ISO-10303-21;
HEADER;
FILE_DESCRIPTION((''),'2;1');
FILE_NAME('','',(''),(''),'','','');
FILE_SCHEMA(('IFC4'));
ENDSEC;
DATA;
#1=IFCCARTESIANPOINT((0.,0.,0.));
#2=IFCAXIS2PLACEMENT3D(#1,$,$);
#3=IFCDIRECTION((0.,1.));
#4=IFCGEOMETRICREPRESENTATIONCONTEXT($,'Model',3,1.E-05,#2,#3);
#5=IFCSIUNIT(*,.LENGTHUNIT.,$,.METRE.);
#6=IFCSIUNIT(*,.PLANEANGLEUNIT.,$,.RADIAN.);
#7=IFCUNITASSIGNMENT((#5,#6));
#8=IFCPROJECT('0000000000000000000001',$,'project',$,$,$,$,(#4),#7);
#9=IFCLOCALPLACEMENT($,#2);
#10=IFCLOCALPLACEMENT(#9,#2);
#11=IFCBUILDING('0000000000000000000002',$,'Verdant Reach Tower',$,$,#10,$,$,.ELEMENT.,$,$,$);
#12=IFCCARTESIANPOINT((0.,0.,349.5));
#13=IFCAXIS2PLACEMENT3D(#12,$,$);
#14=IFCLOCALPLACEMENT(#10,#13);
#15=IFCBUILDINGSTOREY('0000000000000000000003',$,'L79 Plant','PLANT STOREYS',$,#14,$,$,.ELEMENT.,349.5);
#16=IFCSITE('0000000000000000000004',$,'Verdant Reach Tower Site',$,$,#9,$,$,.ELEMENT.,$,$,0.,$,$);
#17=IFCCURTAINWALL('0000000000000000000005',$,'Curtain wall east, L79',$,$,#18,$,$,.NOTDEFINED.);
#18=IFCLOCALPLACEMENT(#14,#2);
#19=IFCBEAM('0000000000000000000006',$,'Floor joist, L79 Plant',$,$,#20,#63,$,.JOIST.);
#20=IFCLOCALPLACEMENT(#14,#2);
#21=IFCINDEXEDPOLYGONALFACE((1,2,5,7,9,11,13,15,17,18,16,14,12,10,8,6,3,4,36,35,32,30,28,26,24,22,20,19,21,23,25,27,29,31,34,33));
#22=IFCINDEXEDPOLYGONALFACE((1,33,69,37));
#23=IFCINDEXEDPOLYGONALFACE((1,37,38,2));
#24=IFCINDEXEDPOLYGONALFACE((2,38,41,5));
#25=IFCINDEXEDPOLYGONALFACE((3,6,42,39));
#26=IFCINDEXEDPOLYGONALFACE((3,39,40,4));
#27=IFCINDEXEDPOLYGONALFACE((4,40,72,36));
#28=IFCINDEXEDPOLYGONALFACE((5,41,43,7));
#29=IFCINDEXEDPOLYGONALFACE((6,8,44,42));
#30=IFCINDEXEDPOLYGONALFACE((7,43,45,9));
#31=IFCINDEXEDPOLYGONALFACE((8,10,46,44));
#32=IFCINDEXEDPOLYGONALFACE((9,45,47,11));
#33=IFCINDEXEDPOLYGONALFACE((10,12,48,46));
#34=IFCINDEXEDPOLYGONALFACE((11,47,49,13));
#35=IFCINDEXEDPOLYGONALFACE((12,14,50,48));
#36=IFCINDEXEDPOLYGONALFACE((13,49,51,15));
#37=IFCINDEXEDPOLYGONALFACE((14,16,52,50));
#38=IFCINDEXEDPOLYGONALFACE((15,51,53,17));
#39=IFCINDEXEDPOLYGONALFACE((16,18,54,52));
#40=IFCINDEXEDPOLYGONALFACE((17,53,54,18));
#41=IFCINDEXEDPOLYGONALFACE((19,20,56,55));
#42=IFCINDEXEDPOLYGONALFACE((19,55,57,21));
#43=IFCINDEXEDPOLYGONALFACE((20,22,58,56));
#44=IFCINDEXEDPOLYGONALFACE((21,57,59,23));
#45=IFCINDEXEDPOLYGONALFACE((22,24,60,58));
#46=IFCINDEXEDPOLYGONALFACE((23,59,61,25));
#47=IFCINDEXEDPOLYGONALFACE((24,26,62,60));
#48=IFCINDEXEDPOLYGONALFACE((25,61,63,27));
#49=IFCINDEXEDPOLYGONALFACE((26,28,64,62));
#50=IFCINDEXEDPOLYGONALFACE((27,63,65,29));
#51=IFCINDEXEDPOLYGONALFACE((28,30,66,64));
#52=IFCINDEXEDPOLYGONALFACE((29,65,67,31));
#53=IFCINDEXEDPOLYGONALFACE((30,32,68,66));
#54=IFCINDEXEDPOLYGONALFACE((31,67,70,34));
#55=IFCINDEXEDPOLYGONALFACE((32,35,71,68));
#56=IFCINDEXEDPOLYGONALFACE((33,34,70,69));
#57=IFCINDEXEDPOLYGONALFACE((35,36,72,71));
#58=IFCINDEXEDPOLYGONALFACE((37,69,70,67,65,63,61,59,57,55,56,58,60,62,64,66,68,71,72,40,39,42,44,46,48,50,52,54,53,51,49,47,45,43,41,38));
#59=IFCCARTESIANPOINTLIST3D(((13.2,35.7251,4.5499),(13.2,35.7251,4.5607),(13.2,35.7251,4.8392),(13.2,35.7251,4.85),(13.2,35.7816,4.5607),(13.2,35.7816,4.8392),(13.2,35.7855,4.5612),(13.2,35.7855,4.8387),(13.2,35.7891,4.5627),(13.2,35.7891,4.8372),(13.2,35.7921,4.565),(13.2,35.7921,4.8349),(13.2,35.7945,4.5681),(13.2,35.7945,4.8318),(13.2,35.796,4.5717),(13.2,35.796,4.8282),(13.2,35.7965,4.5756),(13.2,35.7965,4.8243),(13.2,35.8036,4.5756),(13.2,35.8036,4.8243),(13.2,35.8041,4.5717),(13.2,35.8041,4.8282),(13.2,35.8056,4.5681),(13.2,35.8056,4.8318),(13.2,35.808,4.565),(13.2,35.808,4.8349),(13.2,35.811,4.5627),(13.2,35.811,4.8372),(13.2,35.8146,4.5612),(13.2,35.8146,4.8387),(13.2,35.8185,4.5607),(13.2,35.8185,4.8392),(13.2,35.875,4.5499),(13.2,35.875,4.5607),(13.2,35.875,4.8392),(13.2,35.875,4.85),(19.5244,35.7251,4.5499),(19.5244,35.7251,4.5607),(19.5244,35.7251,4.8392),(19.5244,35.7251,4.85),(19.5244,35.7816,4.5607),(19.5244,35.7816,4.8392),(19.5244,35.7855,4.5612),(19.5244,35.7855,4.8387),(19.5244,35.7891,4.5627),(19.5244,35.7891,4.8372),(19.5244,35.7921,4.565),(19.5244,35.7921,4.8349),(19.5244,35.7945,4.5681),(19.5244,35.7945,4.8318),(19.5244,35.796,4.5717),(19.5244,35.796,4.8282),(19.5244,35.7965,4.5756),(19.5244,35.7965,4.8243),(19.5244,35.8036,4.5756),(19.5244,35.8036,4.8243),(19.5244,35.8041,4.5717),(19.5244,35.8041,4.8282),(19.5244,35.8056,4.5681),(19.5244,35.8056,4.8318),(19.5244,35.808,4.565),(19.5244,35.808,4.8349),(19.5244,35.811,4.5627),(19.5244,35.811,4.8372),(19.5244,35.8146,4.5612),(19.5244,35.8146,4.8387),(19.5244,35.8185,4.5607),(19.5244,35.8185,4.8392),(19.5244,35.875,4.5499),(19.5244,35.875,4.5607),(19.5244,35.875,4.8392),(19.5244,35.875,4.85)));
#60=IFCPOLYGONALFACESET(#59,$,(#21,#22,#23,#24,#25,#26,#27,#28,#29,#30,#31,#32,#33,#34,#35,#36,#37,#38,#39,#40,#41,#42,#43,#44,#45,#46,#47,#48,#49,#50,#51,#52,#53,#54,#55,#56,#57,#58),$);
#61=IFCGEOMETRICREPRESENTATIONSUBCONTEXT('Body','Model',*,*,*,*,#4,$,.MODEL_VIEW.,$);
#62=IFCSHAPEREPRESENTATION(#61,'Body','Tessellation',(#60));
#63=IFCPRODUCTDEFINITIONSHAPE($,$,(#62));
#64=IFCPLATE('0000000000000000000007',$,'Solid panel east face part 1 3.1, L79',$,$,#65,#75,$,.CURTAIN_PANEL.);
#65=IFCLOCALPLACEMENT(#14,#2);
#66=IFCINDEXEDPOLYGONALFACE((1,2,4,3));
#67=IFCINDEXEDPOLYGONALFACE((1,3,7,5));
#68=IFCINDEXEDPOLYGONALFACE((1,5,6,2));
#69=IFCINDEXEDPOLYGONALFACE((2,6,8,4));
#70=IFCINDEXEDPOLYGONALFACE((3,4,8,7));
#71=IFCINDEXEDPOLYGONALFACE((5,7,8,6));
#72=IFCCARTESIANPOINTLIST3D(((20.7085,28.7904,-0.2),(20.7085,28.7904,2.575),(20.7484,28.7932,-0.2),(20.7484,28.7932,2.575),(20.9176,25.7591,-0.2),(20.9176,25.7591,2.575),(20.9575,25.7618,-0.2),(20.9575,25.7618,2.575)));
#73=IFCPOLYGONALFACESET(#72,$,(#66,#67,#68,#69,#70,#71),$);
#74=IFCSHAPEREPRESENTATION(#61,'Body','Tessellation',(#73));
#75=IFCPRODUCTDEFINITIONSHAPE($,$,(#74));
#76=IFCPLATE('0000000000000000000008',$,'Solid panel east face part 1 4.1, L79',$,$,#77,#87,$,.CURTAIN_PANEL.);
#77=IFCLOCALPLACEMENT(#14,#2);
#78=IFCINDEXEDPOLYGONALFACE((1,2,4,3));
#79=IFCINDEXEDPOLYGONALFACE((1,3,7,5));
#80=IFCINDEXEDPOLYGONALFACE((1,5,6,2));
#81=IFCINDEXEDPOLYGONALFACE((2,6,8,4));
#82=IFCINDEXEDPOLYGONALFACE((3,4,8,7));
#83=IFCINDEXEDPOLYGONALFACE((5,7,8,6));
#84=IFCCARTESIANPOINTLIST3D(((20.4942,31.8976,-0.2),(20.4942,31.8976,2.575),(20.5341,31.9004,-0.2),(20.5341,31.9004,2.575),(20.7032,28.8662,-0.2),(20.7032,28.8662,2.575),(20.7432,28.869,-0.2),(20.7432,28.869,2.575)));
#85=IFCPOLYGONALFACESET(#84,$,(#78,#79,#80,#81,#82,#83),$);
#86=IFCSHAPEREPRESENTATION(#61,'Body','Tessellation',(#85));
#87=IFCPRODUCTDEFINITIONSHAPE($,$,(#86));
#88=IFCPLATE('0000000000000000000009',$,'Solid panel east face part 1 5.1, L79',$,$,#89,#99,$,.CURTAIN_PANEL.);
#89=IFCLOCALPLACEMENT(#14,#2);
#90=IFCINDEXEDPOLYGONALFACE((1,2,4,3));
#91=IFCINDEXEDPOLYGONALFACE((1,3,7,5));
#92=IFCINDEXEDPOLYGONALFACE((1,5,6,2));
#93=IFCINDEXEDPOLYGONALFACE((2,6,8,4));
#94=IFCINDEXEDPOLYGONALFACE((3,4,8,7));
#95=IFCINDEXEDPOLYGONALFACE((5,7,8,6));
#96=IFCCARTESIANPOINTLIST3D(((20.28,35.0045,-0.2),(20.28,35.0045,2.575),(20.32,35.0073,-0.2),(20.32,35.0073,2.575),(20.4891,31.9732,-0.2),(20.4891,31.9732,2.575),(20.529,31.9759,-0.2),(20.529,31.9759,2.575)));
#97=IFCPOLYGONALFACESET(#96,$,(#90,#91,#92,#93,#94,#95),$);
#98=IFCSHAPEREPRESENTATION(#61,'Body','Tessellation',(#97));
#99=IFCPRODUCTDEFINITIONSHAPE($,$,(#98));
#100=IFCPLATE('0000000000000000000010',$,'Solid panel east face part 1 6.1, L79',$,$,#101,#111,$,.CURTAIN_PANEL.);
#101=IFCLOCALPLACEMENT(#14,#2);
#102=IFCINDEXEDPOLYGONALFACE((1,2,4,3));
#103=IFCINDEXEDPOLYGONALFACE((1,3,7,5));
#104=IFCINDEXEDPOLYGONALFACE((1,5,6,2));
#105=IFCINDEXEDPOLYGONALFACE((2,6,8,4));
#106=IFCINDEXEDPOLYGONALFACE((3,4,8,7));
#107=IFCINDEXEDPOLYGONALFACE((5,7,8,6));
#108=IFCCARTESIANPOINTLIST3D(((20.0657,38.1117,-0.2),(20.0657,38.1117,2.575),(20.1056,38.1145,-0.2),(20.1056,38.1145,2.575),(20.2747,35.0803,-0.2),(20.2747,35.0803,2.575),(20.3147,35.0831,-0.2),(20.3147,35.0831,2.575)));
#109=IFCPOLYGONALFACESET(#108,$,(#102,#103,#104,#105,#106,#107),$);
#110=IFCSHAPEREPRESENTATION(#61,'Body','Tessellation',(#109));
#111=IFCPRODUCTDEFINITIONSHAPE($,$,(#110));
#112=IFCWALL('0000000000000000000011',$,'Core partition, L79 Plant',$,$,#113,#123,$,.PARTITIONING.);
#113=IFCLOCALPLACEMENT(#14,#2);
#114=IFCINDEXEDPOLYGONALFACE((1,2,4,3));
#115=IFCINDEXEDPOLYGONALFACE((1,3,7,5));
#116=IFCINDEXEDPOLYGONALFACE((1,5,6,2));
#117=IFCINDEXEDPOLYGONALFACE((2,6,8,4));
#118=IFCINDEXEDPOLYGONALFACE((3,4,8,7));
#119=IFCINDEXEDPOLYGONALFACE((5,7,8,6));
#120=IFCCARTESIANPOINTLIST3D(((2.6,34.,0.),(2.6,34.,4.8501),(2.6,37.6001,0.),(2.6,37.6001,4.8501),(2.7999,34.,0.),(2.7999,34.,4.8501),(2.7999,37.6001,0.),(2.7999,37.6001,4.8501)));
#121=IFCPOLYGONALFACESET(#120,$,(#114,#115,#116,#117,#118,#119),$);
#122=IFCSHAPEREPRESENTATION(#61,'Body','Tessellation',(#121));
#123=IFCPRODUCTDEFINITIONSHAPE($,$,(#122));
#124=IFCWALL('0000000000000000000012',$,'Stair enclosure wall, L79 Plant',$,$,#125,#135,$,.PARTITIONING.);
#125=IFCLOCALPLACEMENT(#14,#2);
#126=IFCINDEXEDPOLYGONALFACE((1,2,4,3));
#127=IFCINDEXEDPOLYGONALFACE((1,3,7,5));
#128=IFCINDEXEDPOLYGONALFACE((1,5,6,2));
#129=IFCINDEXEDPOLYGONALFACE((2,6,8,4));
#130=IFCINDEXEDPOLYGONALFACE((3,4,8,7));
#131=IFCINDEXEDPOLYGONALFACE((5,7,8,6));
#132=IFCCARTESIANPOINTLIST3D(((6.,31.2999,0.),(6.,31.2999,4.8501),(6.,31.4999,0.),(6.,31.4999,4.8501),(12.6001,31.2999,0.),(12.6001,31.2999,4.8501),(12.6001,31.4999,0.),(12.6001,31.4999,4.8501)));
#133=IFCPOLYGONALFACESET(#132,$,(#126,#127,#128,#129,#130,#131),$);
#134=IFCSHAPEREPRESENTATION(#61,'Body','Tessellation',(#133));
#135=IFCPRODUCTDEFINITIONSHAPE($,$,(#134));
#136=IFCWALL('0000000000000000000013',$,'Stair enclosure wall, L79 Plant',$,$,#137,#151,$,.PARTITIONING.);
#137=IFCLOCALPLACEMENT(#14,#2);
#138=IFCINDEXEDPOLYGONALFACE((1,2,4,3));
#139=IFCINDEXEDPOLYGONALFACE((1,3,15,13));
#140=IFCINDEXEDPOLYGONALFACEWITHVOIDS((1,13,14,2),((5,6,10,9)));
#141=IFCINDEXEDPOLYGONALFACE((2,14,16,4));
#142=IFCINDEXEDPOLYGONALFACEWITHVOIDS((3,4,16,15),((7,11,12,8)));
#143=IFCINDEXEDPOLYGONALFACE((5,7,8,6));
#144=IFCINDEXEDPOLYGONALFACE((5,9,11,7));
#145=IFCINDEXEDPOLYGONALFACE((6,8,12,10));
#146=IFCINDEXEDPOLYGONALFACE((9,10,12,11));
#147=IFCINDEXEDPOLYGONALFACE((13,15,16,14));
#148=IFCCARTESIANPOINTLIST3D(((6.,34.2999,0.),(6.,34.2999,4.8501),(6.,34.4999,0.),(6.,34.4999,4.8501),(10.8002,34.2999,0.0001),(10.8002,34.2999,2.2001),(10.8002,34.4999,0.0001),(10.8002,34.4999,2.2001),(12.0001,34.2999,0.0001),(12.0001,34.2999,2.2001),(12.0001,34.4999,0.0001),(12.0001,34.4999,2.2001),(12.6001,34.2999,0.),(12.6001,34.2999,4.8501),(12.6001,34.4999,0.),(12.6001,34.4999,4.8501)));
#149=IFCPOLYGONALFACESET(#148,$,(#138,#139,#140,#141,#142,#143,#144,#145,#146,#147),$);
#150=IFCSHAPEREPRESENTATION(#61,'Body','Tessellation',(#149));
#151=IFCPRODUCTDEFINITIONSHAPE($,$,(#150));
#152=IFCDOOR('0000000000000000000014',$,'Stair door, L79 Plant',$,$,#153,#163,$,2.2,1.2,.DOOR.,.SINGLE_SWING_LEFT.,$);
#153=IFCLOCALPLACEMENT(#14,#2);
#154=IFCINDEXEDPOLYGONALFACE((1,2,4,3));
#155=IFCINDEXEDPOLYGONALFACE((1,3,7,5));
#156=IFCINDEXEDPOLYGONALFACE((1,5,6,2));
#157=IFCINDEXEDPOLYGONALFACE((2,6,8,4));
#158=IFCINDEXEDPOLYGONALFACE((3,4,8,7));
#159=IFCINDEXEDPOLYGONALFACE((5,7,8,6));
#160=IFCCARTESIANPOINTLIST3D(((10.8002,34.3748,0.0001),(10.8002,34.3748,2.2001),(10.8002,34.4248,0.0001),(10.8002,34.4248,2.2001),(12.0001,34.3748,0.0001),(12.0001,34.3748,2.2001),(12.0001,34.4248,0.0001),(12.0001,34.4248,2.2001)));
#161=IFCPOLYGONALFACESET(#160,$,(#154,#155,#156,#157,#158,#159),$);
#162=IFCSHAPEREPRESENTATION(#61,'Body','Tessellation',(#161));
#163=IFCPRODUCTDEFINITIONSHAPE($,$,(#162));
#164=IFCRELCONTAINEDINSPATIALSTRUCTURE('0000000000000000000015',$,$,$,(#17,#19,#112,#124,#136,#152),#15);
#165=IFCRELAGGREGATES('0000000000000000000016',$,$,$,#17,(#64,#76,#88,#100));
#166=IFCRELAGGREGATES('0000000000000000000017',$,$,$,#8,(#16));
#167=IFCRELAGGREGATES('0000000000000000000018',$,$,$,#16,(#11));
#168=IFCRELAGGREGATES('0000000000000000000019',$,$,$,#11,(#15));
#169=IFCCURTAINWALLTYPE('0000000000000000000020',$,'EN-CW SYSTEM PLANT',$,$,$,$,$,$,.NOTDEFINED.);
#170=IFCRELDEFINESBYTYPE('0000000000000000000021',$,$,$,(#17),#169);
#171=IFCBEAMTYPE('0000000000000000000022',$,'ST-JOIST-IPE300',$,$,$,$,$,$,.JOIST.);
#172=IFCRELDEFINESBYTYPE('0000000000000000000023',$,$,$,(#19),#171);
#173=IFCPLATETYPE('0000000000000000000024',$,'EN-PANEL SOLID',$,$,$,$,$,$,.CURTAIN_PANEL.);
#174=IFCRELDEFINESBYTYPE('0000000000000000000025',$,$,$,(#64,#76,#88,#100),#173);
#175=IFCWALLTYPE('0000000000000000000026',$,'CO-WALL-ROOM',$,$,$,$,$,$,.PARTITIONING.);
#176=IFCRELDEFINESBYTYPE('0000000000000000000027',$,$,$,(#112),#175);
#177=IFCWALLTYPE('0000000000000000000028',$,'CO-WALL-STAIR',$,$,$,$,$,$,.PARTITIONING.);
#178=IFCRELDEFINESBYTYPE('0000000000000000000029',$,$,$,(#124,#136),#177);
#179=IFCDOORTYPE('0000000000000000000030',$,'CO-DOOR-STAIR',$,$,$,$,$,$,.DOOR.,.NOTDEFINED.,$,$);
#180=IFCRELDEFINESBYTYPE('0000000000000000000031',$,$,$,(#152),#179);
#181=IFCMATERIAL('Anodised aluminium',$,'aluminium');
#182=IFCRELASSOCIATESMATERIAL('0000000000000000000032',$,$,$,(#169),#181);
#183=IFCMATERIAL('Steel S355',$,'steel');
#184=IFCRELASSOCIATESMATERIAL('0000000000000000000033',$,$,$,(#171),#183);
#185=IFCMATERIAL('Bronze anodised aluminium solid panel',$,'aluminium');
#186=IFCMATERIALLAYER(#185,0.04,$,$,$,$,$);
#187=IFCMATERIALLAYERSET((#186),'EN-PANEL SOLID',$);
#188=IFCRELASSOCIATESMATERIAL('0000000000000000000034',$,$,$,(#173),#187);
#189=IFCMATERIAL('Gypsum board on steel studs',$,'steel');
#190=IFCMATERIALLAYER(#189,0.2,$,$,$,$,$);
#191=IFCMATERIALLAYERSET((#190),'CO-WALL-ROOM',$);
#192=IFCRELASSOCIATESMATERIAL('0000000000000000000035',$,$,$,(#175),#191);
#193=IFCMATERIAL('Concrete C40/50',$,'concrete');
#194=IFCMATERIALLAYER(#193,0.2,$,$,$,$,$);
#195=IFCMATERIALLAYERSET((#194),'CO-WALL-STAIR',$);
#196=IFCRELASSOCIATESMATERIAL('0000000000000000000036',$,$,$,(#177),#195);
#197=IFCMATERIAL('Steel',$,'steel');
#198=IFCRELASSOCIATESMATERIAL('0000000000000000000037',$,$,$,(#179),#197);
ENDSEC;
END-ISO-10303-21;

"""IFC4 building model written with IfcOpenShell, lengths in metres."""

from ifc_helpers import new_model, si_unit, direction, frame, frame_2d, origin, origin_2d, place, context, subcontext, project, spatial, rectangle, i_section, extrude, material, layer, layer_set, material_profile, profile_set, type_object, element, fill, aggregate, save


model = new_model("IFC4")

# Units and contexts
model_context = context("Model", 3, precision=1e-05, world=origin(), true_north=direction((0.0, 1.0)))
body_context = subcontext(model_context, "Body", "Model", "MODEL_VIEW")
ifc_project = project(units=[si_unit("LENGTHUNIT", "METRE"), si_unit("PLANEANGLEUNIT", "RADIAN")], contexts=[model_context])

# Site, building, storey
site_placement = place(None, origin())
site = spatial("IfcSite", under=ifc_project, at=site_placement, Name="Verdant Reach Tower Site", CompositionType="ELEMENT", RefElevation=0.0)
building_placement = place(site_placement, origin())
building = spatial("IfcBuilding", under=site, at=building_placement, Name="Verdant Reach Tower", CompositionType="ELEMENT")
storey_placement = place(building_placement, frame((0.0, 0.0, 349.5)))
storey = spatial("IfcBuildingStorey", under=building, at=storey_placement, Name="L79 Plant", Description="PLANT STOREYS", CompositionType="ELEMENT", Elevation=349.5)

# Curtain wall
ifc_material_1 = material(Name="Anodised aluminium", Category="aluminium")
curtain_wall_type = type_object("IfcCurtainWallType", Name="EN-CW SYSTEM PLANT", PredefinedType="NOTDEFINED", material=ifc_material_1)
curtain_wall_placement = place(storey_placement, origin())
curtain_wall = element("IfcCurtainWall", 1, at=curtain_wall_placement, inside=storey, type_object=curtain_wall_type, Name="Curtain wall east, L79", PredefinedType="NOTDEFINED")

# Beam
ifc_material_2 = material(Name="Steel S355", Category="steel")
ifc_material_profile_1 = material_profile(ifc_material_2, i_section(OverallWidth=0.1499, OverallDepth=0.3, WebThickness=0.0071, FlangeThickness=0.0107, FilletRadius=0.0149, at=origin_2d()), Name="IPE 300")
ifc_profile_set_1 = profile_set([ifc_material_profile_1], Name="Steel S355")
beam_type = type_object("IfcBeamType", Name="ST-JOIST-IPE300", PredefinedType="JOIST", material=ifc_profile_set_1)
beam_1_placement = place(storey_placement, frame((13.2, 35.8, 4.7), z_axis=(1.0, 0.0, 0.0), x_axis=(0.0, 1.0, 0.0)))
element("IfcBeam", 2, at=beam_1_placement, inside=storey, type_object=beam_type, Name="Floor joist, L79 Plant", PredefinedType="JOIST", context=body_context, shape_type="SweptSolid", body=[
    extrude(i_section(OverallWidth=0.1499, OverallDepth=0.3, WebThickness=0.0071, FlangeThickness=0.0107, FilletRadius=0.0149, at=origin_2d()), origin(), (0.0, 0.0, 1.0), 6.3245),
])

# Plates
ifc_material_3 = material(Name="Bronze anodised aluminium solid panel", Category="aluminium")
ifc_layer_1 = layer(ifc_material_3, 0.04)
ifc_layer_set_1 = layer_set([ifc_layer_1], Name="EN-PANEL SOLID")
plate_type = type_object("IfcPlateType", Name="EN-PANEL SOLID", PredefinedType="CURTAIN_PANEL", material=ifc_layer_set_1)
plate_1_placement = place(storey_placement, frame((20.833, 27.2761, -0.2), z_axis=(0.0, 0.0, 1.0), x_axis=(-0.068802, 0.99763, 0.0)))
plate_1 = element("IfcPlate", 3, at=plate_1_placement, type_object=plate_type, Name="Solid panel east face part 1 3.1, L79", PredefinedType="CURTAIN_PANEL", context=body_context, shape_type="SweptSolid", body=[
    extrude(rectangle(XDim=3.0386, YDim=0.04, at=origin_2d()), origin(), (0.0, 0.0, 1.0), 2.7749),
])
plate_2_placement = place(storey_placement, frame((20.6187, 30.3833, -0.2), z_axis=(0.0, 0.0, 1.0), x_axis=(-0.068802, 0.99763, 0.0)))
plate_2 = element("IfcPlate", 4, at=plate_2_placement, type_object=plate_type, Name="Solid panel east face part 1 4.1, L79", PredefinedType="CURTAIN_PANEL", context=body_context, shape_type="SweptSolid", body=[
    extrude(rectangle(XDim=3.0386, YDim=0.04, at=origin_2d()), origin(), (0.0, 0.0, 1.0), 2.7749),
])
plate_3_placement = place(storey_placement, frame((20.4045, 33.4902, -0.2), z_axis=(0.0, 0.0, 1.0), x_axis=(-0.068802, 0.99763, 0.0)))
plate_3 = element("IfcPlate", 5, at=plate_3_placement, type_object=plate_type, Name="Solid panel east face part 1 5.1, L79", PredefinedType="CURTAIN_PANEL", context=body_context, shape_type="SweptSolid", body=[
    extrude(rectangle(XDim=3.0386, YDim=0.04, at=origin_2d()), origin(), (0.0, 0.0, 1.0), 2.7749),
])
plate_4_placement = place(storey_placement, frame((20.1902, 36.5974, -0.2), z_axis=(0.0, 0.0, 1.0), x_axis=(-0.068802, 0.99763, 0.0)))
plate_4 = element("IfcPlate", 6, at=plate_4_placement, type_object=plate_type, Name="Solid panel east face part 1 6.1, L79", PredefinedType="CURTAIN_PANEL", context=body_context, shape_type="SweptSolid", body=[
    extrude(rectangle(XDim=3.0386, YDim=0.04, at=origin_2d()), origin(), (0.0, 0.0, 1.0), 2.7749),
])

# Walls
ifc_material_4 = material(Name="Gypsum board on steel studs", Category="steel")
ifc_layer_2 = layer(ifc_material_4, 0.2)
ifc_layer_set_2 = layer_set([ifc_layer_2], Name="CO-WALL-ROOM")
wall_type_1 = type_object("IfcWallType", Name="CO-WALL-ROOM", PredefinedType="PARTITIONING", material=ifc_layer_set_2)
wall_1_placement = place(storey_placement, frame((2.7, 34.0, 0.0), z_axis=(0.0, 0.0, 1.0), x_axis=(0.0, 1.0, 0.0)))
element("IfcWall", 7, at=wall_1_placement, inside=storey, type_object=wall_type_1, Name="Core partition, L79 Plant", PredefinedType="PARTITIONING", context=body_context, shape_type="SweptSolid", body=[
    extrude(rectangle(XDim=3.6001, YDim=0.2, at=frame_2d((1.8, 0.0))), origin(), (0.0, 0.0, 1.0), 4.8501),
])
ifc_material_5 = material(Name="Concrete C40/50", Category="concrete")
ifc_layer_3 = layer(ifc_material_5, 0.2)
ifc_layer_set_3 = layer_set([ifc_layer_3], Name="CO-WALL-STAIR")
wall_type_2 = type_object("IfcWallType", Name="CO-WALL-STAIR", PredefinedType="PARTITIONING", material=ifc_layer_set_3)
wall_2_placement = place(storey_placement, frame((6.0, 31.3999, 0.0), z_axis=(0.0, 0.0, 1.0), x_axis=(1.0, 0.0, 0.0)))
element("IfcWall", 8, at=wall_2_placement, inside=storey, type_object=wall_type_2, Name="Stair enclosure wall, L79 Plant", PredefinedType="PARTITIONING", context=body_context, shape_type="SweptSolid", body=[
    extrude(rectangle(XDim=6.6001, YDim=0.2, at=frame_2d((3.3, 0.0))), origin(), (0.0, 0.0, 1.0), 4.8501),
])

# Wall, opening, door
wall_3_placement = place(storey_placement, frame((6.0, 34.3999, 0.0), z_axis=(0.0, 0.0, 1.0), x_axis=(1.0, 0.0, 0.0)))
wall_3 = element("IfcWall", 9, at=wall_3_placement, inside=storey, type_object=wall_type_2, Name="Stair enclosure wall, L79 Plant", PredefinedType="PARTITIONING", context=body_context, shape_type="SweptSolid", body=[
    extrude(rectangle(XDim=6.6001, YDim=0.2, at=frame_2d((3.3, 0.0))), origin(), (0.0, 0.0, 1.0), 4.8501),
])
opening_1_placement = place(wall_3_placement, frame((4.8, 0.0, 0.0)))
opening_1 = element("IfcOpeningElement", 10, at=opening_1_placement, cuts=wall_3, PredefinedType="OPENING", context=body_context, shape_type="SweptSolid", body=[
    extrude(rectangle(XDim=1.2, YDim=2.2, at=frame_2d((0.6001, 1.1001))), frame((0.0, 0.1099, 0.0), z_axis=(0.0, -1.0, 0.0), x_axis=(1.0, 0.0, 0.0)), (0.0, 0.0, 1.0), 0.22),
])
ifc_material_6 = material(Name="Steel", Category="steel")
door_type_1 = type_object("IfcDoorType", Name="CO-DOOR-STAIR", OperationType="NOTDEFINED", PredefinedType="DOOR", material=ifc_material_6)
door_1_placement = place(opening_1_placement, origin())
door_1 = element("IfcDoor", 11, at=door_1_placement, inside=storey, type_object=door_type_1, Name="Stair door, L79 Plant", OperationType="SINGLE_SWING_LEFT", OverallHeight=2.2, OverallWidth=1.2, PredefinedType="DOOR", context=body_context, shape_type="SweptSolid", body=[
    extrude(rectangle(XDim=1.2, YDim=2.2, at=frame_2d((0.6001, 1.1001))), frame((0.0, 0.0249, 0.0), z_axis=(0.0, -1.0, 0.0), x_axis=(1.0, 0.0, 0.0)), (0.0, 0.0, 1.0), 0.05),
])
fill(opening_1, door_1)

aggregate(curtain_wall, [plate_1, plate_2, plate_3, plate_4])

save(model, "model.ifc")
